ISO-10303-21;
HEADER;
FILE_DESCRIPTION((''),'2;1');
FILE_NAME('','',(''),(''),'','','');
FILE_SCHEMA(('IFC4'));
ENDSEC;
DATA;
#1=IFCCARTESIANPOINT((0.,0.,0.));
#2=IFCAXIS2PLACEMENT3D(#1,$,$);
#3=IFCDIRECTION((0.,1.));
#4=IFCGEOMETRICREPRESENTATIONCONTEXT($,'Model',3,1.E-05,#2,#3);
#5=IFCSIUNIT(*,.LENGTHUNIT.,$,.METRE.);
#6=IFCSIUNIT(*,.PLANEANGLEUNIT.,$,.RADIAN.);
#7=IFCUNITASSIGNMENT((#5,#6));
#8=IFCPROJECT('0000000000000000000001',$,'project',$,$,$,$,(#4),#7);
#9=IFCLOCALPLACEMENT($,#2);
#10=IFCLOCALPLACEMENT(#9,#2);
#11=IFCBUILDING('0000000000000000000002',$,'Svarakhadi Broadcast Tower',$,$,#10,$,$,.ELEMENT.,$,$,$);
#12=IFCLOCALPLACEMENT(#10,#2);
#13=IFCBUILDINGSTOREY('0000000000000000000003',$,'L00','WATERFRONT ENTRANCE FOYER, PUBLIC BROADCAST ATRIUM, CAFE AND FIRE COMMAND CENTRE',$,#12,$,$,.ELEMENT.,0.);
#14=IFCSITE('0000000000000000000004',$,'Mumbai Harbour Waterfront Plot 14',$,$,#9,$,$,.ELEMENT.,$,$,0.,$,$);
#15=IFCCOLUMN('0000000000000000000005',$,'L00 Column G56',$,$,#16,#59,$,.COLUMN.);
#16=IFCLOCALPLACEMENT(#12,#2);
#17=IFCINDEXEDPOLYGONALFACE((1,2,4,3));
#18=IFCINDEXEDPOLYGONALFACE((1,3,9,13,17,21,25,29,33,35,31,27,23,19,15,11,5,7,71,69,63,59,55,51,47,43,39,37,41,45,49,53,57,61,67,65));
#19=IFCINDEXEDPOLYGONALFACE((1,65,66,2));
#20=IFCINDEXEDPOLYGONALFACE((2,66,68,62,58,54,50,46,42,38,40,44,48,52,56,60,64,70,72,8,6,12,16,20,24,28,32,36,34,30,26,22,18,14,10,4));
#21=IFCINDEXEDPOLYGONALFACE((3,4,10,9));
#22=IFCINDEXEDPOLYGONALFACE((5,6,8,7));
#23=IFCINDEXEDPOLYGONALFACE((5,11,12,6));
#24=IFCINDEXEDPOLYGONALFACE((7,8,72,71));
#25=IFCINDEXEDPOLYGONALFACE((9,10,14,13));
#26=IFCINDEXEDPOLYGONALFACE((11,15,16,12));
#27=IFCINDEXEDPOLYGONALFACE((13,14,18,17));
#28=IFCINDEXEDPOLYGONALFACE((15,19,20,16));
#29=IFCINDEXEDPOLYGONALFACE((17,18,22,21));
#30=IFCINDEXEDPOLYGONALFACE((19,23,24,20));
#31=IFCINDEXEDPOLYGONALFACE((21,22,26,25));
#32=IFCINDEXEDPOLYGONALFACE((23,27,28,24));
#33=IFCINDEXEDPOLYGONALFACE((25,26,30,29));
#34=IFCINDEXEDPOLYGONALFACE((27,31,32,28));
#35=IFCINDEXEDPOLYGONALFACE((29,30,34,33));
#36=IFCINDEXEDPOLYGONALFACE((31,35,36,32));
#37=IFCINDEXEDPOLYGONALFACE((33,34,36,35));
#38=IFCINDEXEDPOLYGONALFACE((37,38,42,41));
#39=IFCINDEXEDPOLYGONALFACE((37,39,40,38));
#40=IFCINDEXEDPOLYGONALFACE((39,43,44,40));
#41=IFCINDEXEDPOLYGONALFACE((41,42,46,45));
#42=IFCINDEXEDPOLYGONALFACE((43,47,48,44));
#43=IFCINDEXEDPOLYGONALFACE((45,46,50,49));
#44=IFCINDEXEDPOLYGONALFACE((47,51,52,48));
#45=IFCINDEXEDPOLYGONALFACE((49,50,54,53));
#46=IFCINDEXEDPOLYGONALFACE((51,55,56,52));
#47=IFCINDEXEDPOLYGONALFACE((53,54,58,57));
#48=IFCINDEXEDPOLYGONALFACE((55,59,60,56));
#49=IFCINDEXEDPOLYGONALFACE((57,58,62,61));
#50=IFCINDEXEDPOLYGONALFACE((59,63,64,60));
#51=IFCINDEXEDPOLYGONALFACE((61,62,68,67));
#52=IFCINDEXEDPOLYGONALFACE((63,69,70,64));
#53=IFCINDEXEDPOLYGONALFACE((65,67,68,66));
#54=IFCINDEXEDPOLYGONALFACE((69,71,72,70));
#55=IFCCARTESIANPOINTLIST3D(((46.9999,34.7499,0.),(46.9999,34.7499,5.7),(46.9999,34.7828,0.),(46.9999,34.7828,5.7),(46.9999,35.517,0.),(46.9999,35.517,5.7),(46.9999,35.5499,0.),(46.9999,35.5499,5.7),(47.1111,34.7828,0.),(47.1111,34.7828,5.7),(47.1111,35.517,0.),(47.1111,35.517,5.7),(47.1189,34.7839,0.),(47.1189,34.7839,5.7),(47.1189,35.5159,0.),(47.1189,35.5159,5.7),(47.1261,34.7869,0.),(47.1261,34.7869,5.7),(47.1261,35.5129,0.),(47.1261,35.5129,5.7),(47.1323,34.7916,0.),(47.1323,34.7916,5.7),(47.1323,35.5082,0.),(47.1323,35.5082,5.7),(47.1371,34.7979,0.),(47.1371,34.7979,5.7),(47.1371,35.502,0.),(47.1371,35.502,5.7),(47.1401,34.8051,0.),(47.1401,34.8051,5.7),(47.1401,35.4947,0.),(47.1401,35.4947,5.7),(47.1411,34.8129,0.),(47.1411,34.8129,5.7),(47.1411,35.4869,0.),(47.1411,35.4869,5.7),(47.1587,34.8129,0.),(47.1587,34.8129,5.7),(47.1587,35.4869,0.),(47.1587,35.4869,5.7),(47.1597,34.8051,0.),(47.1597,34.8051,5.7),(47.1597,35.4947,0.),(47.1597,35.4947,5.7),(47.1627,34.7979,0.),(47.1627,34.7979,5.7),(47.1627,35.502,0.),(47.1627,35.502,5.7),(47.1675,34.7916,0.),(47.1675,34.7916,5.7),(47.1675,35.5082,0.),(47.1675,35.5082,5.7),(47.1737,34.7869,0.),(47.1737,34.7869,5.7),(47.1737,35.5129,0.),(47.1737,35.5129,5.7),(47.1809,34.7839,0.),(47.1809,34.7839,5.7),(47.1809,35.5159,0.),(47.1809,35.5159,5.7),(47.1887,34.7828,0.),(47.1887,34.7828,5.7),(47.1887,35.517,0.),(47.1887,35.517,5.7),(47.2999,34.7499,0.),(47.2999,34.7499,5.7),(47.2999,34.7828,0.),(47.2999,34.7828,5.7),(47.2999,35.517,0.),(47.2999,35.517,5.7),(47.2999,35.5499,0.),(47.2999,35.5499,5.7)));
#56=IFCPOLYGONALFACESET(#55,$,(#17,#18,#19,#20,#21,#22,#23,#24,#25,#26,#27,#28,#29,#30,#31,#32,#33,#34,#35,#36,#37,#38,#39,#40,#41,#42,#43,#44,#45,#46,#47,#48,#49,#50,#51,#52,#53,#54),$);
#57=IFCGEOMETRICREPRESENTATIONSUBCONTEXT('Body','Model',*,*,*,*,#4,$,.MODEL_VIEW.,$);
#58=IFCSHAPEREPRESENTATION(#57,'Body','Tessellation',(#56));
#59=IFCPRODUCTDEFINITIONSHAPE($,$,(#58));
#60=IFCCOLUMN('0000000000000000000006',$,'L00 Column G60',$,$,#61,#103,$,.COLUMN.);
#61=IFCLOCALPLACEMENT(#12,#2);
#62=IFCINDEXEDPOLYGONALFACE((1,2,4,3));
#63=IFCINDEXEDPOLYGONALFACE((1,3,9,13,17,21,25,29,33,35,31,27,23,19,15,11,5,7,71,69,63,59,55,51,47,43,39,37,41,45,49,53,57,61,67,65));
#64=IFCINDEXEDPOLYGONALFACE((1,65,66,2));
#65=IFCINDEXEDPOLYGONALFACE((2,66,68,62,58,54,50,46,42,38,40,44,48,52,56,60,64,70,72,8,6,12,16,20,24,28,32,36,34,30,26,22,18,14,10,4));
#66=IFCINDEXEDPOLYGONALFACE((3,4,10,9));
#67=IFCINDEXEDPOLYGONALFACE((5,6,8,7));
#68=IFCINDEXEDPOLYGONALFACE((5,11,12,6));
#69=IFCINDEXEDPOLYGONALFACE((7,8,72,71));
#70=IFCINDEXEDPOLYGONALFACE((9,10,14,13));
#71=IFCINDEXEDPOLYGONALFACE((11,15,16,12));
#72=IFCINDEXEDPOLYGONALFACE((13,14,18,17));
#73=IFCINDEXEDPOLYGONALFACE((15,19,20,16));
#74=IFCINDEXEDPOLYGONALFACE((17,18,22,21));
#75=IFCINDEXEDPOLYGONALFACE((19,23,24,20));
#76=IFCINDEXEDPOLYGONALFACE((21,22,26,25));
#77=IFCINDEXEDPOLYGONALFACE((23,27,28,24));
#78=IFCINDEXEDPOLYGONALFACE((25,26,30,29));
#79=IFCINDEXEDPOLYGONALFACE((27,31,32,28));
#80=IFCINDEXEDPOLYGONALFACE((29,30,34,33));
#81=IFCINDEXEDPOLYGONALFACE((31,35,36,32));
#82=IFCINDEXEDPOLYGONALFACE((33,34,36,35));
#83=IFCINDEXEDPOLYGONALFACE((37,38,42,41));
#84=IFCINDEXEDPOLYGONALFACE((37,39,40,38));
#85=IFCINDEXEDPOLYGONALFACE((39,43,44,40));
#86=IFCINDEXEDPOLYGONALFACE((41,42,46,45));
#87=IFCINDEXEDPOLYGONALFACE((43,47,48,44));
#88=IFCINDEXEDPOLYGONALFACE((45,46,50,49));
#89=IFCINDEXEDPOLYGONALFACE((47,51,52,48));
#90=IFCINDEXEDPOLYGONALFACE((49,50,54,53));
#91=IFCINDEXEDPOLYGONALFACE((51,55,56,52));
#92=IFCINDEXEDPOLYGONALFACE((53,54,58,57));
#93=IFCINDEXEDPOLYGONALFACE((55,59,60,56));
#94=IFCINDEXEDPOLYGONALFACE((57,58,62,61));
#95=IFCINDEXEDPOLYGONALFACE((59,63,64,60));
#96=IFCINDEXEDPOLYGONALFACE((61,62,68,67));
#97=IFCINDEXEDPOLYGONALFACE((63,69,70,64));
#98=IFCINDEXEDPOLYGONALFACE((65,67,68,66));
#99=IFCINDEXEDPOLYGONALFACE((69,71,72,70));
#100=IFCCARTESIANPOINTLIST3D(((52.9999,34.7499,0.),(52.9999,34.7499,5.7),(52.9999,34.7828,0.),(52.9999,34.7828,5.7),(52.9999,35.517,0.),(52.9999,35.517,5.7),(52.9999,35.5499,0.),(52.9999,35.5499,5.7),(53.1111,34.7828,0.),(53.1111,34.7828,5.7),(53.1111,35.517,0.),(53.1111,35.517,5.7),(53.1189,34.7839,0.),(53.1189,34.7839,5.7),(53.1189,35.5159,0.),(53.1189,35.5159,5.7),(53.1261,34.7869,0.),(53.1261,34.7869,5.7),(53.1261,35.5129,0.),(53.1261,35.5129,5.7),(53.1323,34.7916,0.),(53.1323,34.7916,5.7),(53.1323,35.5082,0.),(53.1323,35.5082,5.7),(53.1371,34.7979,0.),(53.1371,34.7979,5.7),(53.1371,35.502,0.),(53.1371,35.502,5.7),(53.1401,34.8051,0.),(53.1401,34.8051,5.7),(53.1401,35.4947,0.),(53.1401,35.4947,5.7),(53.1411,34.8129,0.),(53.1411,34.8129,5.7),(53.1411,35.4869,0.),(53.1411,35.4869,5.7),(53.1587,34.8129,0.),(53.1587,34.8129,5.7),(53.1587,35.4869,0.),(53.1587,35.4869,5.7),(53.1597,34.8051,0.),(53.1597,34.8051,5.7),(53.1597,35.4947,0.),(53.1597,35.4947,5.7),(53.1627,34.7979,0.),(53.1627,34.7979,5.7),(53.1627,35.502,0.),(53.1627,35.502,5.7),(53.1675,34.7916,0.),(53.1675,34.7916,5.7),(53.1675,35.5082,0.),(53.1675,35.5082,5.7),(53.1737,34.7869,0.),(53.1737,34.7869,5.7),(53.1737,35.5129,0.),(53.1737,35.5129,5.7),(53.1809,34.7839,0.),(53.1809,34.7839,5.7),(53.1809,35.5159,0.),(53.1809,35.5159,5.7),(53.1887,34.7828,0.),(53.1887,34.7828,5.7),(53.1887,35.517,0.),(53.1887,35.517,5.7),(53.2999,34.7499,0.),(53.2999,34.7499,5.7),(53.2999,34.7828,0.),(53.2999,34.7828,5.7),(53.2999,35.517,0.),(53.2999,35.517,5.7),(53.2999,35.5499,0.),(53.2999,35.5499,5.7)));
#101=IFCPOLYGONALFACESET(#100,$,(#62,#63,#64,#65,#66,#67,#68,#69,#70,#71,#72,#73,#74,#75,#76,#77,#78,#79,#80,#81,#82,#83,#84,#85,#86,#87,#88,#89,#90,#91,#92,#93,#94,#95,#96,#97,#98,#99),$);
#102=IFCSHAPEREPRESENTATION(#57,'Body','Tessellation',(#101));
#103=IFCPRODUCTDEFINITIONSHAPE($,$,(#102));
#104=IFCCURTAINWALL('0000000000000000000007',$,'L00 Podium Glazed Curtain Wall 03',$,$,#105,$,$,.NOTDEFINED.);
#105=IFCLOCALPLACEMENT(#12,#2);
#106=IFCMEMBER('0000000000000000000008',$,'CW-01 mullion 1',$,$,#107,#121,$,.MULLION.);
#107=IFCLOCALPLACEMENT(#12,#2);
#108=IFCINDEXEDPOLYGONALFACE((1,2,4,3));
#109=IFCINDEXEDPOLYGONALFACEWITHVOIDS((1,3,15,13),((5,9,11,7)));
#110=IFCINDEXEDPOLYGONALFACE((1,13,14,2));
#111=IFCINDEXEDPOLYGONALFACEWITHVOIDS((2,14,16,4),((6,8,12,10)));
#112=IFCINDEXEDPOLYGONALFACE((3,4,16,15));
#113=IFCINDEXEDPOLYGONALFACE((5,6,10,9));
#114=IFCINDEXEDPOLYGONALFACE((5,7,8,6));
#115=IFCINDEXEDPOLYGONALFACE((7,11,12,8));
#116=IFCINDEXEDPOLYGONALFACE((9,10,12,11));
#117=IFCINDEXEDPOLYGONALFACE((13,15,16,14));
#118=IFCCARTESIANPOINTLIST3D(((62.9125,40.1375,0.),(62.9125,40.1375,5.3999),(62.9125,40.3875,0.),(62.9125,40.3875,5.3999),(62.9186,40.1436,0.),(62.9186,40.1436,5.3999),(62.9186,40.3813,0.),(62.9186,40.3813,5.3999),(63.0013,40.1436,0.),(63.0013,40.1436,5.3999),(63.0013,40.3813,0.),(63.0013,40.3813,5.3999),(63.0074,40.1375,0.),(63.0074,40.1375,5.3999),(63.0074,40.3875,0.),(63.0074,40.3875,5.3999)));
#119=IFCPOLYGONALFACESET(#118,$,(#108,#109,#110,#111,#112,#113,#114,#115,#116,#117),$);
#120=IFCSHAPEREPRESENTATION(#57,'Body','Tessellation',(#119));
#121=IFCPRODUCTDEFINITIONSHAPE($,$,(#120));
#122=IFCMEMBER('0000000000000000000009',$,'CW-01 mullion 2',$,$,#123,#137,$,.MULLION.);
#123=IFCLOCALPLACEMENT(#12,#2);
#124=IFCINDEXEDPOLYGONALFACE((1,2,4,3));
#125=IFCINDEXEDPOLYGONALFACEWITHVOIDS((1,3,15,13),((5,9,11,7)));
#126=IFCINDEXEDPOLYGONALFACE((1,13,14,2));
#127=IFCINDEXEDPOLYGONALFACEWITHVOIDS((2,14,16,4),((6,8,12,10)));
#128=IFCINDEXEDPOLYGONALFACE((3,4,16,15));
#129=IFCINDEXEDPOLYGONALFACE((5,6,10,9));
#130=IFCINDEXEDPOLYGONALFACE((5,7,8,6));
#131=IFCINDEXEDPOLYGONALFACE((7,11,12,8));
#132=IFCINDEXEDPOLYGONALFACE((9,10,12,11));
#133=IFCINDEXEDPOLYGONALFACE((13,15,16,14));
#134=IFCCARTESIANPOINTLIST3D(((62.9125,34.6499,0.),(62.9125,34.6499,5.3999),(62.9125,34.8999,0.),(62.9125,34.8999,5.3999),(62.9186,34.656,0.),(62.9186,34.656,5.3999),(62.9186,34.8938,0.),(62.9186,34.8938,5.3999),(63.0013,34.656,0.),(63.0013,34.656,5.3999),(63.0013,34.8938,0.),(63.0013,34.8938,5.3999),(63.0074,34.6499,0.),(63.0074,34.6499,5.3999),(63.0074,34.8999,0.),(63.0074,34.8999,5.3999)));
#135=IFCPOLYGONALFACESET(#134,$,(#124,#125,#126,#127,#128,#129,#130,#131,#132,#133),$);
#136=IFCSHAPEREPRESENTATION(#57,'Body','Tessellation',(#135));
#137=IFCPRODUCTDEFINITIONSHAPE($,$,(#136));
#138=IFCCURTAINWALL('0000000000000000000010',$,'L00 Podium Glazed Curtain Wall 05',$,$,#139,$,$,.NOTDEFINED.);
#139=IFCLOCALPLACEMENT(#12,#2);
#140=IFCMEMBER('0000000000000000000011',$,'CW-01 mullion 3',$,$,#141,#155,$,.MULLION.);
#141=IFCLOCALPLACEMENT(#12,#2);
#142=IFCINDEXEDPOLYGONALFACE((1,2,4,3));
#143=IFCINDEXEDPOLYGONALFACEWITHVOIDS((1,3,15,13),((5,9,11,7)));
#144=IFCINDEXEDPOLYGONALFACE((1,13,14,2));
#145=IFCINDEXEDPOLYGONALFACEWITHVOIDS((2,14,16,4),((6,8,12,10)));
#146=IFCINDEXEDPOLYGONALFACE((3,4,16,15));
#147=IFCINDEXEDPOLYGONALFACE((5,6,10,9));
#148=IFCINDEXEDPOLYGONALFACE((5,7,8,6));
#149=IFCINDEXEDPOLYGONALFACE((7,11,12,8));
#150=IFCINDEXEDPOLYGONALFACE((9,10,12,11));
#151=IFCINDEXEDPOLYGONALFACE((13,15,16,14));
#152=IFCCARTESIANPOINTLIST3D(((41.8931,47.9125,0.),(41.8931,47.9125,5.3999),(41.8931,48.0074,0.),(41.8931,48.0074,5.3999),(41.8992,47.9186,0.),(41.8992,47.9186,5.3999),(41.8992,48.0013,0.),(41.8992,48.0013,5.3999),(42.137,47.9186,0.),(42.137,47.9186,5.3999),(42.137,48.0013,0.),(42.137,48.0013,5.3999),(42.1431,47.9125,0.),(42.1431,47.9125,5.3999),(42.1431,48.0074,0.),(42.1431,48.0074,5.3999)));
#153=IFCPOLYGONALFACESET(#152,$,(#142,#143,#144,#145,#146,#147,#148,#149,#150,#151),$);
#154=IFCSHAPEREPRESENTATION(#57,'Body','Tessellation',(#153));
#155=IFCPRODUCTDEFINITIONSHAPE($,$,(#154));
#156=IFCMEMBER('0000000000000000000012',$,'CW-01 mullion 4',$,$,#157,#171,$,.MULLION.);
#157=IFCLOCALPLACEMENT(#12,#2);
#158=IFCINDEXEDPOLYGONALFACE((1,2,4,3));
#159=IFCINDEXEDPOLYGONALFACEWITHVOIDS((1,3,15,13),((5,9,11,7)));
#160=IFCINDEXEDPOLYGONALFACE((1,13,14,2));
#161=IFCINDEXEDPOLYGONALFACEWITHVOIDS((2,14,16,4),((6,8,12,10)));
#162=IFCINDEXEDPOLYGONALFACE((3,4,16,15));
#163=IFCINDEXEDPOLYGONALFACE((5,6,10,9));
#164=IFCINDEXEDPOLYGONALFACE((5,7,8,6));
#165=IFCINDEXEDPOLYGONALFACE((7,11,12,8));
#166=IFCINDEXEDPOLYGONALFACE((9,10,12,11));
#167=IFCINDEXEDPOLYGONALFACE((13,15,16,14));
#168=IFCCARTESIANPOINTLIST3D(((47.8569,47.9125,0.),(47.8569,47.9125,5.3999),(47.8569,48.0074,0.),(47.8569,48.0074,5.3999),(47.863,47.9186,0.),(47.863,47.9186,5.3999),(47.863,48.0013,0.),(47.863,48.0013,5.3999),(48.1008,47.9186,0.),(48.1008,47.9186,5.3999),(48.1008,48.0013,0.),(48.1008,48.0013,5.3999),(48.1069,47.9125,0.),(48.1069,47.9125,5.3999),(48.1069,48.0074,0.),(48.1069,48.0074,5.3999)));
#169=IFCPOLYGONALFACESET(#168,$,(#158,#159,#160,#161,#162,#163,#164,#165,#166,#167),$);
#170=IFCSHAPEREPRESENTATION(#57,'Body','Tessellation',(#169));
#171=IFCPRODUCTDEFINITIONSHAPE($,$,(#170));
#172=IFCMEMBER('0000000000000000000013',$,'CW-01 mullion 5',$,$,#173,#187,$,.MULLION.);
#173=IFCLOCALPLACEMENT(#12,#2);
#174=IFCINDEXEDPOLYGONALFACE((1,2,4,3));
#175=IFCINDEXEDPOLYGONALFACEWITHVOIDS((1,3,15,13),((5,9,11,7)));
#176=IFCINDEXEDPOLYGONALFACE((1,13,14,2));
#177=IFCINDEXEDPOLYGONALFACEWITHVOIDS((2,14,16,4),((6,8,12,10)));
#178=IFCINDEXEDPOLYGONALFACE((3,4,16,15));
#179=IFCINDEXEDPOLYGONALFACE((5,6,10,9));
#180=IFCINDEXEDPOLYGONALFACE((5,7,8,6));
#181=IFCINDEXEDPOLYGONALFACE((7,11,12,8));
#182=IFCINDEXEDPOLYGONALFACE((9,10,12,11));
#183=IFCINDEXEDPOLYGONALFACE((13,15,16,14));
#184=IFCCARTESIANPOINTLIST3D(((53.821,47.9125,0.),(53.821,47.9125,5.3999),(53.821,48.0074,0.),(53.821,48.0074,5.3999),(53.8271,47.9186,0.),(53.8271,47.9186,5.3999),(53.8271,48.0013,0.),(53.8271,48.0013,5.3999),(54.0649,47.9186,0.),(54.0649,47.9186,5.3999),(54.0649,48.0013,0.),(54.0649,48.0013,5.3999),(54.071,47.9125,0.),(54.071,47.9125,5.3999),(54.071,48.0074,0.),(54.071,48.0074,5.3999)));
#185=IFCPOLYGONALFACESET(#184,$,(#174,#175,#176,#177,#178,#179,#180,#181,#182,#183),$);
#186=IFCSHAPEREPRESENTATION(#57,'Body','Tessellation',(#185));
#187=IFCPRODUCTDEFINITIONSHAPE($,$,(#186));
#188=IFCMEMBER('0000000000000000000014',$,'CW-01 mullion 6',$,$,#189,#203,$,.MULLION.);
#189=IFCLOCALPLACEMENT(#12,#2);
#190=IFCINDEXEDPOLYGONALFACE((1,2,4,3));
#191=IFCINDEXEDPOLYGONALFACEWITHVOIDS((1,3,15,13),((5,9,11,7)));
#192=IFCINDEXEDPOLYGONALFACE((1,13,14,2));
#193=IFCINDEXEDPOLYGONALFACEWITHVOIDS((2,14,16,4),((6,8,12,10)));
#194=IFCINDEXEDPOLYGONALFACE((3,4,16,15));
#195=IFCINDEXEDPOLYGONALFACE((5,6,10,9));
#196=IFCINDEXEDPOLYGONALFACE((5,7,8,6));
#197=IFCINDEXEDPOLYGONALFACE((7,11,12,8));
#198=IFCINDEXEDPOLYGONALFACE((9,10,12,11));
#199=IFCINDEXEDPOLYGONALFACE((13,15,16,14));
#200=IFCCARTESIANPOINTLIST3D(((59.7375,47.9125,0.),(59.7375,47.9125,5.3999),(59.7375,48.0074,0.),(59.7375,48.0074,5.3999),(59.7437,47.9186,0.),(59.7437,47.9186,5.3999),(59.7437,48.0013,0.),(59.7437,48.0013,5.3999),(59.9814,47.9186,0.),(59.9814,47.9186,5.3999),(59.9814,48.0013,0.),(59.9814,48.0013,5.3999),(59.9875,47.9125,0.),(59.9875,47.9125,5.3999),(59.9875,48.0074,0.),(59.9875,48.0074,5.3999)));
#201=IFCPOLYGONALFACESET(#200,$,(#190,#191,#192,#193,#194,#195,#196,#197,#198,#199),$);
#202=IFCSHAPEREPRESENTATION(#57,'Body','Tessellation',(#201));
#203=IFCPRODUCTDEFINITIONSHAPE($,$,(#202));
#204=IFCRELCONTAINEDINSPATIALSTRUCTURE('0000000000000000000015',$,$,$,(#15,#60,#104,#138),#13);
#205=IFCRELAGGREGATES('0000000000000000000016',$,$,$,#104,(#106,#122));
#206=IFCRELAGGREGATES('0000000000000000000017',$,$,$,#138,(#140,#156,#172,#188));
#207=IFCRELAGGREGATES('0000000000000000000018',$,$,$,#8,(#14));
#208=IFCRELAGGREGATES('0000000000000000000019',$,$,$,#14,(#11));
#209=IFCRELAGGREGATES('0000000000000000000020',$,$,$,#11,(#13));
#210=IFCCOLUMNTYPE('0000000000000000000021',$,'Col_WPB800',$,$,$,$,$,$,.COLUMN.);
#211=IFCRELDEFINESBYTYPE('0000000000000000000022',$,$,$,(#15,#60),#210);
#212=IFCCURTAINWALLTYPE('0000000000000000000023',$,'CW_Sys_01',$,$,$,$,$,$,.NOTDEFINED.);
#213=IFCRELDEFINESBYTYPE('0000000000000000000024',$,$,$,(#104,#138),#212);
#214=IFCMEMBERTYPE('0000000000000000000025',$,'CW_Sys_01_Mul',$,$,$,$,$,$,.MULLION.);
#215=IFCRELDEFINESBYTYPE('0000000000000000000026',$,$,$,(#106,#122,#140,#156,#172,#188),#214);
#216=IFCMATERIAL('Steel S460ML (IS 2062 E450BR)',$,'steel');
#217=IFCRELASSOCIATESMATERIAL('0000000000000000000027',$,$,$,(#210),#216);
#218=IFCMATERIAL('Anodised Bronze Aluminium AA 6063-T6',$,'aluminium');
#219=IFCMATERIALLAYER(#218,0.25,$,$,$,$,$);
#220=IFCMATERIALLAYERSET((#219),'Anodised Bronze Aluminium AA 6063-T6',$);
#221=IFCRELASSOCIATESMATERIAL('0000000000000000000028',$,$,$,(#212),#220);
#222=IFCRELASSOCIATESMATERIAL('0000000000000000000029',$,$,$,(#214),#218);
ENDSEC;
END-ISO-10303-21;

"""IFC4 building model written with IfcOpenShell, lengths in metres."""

from ifc_helpers import new_model, si_unit, direction, frame, origin, origin_2d, place, context, subcontext, project, spatial, hollow_rectangle, i_section, extrude, material, layer, layer_set, material_profile, profile_set, type_object, element, aggregate, save


model = new_model("IFC4")

# Units and contexts
model_context = context("Model", 3, precision=1e-05, world=origin(), true_north=direction((0.0, 1.0)))
body_context = subcontext(model_context, "Body", "Model", "MODEL_VIEW")
ifc_project = project(units=[si_unit("LENGTHUNIT", "METRE"), si_unit("PLANEANGLEUNIT", "RADIAN")], contexts=[model_context])

# Site, building, storey
site_placement = place(None, origin())
site = spatial("IfcSite", under=ifc_project, at=site_placement, Name="Mumbai Harbour Waterfront Plot 14", CompositionType="ELEMENT", RefElevation=0.0)
building_placement = place(site_placement, origin())
building = spatial("IfcBuilding", under=site, at=building_placement, Name="Svarakhadi Broadcast Tower", CompositionType="ELEMENT")
storey_placement = place(building_placement, origin())
storey = spatial("IfcBuildingStorey", under=building, at=storey_placement, Name="L00", Description="WATERFRONT ENTRANCE FOYER, PUBLIC BROADCAST ATRIUM, CAFE AND FIRE COMMAND CENTRE", CompositionType="ELEMENT", Elevation=0.0)

# Columns
ifc_material_1 = material(Name="Steel S460ML (IS 2062 E450BR)", Category="steel")
ifc_material_profile_1 = material_profile(ifc_material_1, i_section(OverallWidth=0.3, OverallDepth=0.8, WebThickness=0.0176, FlangeThickness=0.033, FilletRadius=0.03, at=origin_2d()), Name="WPB 800x300x262")
ifc_profile_set_1 = profile_set([ifc_material_profile_1], Name="Steel S460ML (IS 2062 E450BR)")
column_type = type_object("IfcColumnType", Name="Col_WPB800", PredefinedType="COLUMN", material=ifc_profile_set_1)
for number, where, z_axis, x_axis, name in (
    (1, (47.1499, 35.1499, 0.0), (0.0, 0.0, 1.0), (1.0, 0.0, 0.0), "L00 Column G56"),
    (2, (53.1499, 35.1499, 0.0), (0.0, 0.0, 1.0), (1.0, 0.0, 0.0), "L00 Column G60"),
):
    element("IfcColumn", number, at=place(storey_placement, frame(where, z_axis=z_axis, x_axis=x_axis)), inside=storey, type_object=column_type, Name=name, PredefinedType="COLUMN", context=body_context, shape_type="SweptSolid", body=[
        extrude(i_section(OverallWidth=0.3, OverallDepth=0.8, WebThickness=0.0176, FlangeThickness=0.033, FilletRadius=0.03, at=origin_2d()), origin(), (0.0, 0.0, 1.0), 5.7),
    ])

# Curtain walls, members
ifc_material_2 = material(Name="Anodised Bronze Aluminium AA 6063-T6", Category="aluminium")
ifc_layer_1 = layer(ifc_material_2, 0.25)
ifc_layer_set_1 = layer_set([ifc_layer_1], Name="Anodised Bronze Aluminium AA 6063-T6")
curtain_wall_type = type_object("IfcCurtainWallType", Name="CW_Sys_01", PredefinedType="NOTDEFINED", material=ifc_layer_set_1)
curtain_wall_1_placement = place(storey_placement, origin())
curtain_wall_1 = element("IfcCurtainWall", 3, at=curtain_wall_1_placement, inside=storey, type_object=curtain_wall_type, Name="L00 Podium Glazed Curtain Wall 03", PredefinedType="NOTDEFINED")
ifc_material_profile_2 = material_profile(ifc_material_2, hollow_rectangle(XDim=0.095, YDim=0.25, WallThickness=0.0061, at=origin_2d()), Name="ALU MULLION 250x95x6")
ifc_profile_set_2 = profile_set([ifc_material_profile_2], Name="Anodised Bronze Aluminium AA 6063-T6")
member_type_1 = type_object("IfcMemberType", Name="CW_Sys_01_Mul", PredefinedType="MULLION", material=ifc_profile_set_2)
member_1_placement = place(storey_placement, frame((62.96, 40.2625, 0.0), z_axis=(0.0, 0.0, 1.0), x_axis=(1.0, 0.0, 0.0)))
member_1 = element("IfcMember", 4, at=member_1_placement, type_object=member_type_1, Name="CW-01 mullion 1", PredefinedType="MULLION", context=body_context, shape_type="SweptSolid", body=[
    extrude(hollow_rectangle(XDim=0.095, YDim=0.25, WallThickness=0.0061, at=origin_2d()), origin(), (0.0, 0.0, 1.0), 5.3999),
])
member_2_placement = place(storey_placement, frame((62.96, 34.7749, 0.0), z_axis=(0.0, 0.0, 1.0), x_axis=(1.0, 0.0, 0.0)))
member_2 = element("IfcMember", 5, at=member_2_placement, type_object=member_type_1, Name="CW-01 mullion 2", PredefinedType="MULLION", context=body_context, shape_type="SweptSolid", body=[
    extrude(hollow_rectangle(XDim=0.095, YDim=0.25, WallThickness=0.0061, at=origin_2d()), origin(), (0.0, 0.0, 1.0), 5.3999),
])
curtain_wall_2_placement = place(storey_placement, origin())
curtain_wall_2 = element("IfcCurtainWall", 6, at=curtain_wall_2_placement, inside=storey, type_object=curtain_wall_type, Name="L00 Podium Glazed Curtain Wall 05", PredefinedType="NOTDEFINED")
member_3_placement = place(storey_placement, frame((42.0181, 47.96, 0.0), z_axis=(0.0, 0.0, 1.0), x_axis=(0.0, 1.0, 0.0)))
member_3 = element("IfcMember", 7, at=member_3_placement, type_object=member_type_1, Name="CW-01 mullion 3", PredefinedType="MULLION", context=body_context, shape_type="SweptSolid", body=[
    extrude(hollow_rectangle(XDim=0.095, YDim=0.25, WallThickness=0.0061, at=origin_2d()), origin(), (0.0, 0.0, 1.0), 5.3999),
])
member_4_placement = place(storey_placement, frame((47.9819, 47.96, 0.0), z_axis=(0.0, 0.0, 1.0), x_axis=(0.0, 1.0, 0.0)))
member_4 = element("IfcMember", 8, at=member_4_placement, type_object=member_type_1, Name="CW-01 mullion 4", PredefinedType="MULLION", context=body_context, shape_type="SweptSolid", body=[
    extrude(hollow_rectangle(XDim=0.095, YDim=0.25, WallThickness=0.0061, at=origin_2d()), origin(), (0.0, 0.0, 1.0), 5.3999),
])
member_5_placement = place(storey_placement, frame((53.946, 47.96, 0.0), z_axis=(0.0, 0.0, 1.0), x_axis=(0.0, 1.0, 0.0)))
member_5 = element("IfcMember", 9, at=member_5_placement, type_object=member_type_1, Name="CW-01 mullion 5", PredefinedType="MULLION", context=body_context, shape_type="SweptSolid", body=[
    extrude(hollow_rectangle(XDim=0.095, YDim=0.25, WallThickness=0.0061, at=origin_2d()), origin(), (0.0, 0.0, 1.0), 5.3999),
])
member_6_placement = place(storey_placement, frame((59.8625, 47.96, 0.0), z_axis=(0.0, 0.0, 1.0), x_axis=(0.0, 1.0, 0.0)))
member_6 = element("IfcMember", 10, at=member_6_placement, type_object=member_type_1, Name="CW-01 mullion 6", PredefinedType="MULLION", context=body_context, shape_type="SweptSolid", body=[
    extrude(hollow_rectangle(XDim=0.095, YDim=0.25, WallThickness=0.0061, at=origin_2d()), origin(), (0.0, 0.0, 1.0), 5.3999),
])

aggregate(curtain_wall_1, [member_1, member_2])
aggregate(curtain_wall_2, [member_3, member_4, member_5, member_6])

save(model, "model.ifc")
